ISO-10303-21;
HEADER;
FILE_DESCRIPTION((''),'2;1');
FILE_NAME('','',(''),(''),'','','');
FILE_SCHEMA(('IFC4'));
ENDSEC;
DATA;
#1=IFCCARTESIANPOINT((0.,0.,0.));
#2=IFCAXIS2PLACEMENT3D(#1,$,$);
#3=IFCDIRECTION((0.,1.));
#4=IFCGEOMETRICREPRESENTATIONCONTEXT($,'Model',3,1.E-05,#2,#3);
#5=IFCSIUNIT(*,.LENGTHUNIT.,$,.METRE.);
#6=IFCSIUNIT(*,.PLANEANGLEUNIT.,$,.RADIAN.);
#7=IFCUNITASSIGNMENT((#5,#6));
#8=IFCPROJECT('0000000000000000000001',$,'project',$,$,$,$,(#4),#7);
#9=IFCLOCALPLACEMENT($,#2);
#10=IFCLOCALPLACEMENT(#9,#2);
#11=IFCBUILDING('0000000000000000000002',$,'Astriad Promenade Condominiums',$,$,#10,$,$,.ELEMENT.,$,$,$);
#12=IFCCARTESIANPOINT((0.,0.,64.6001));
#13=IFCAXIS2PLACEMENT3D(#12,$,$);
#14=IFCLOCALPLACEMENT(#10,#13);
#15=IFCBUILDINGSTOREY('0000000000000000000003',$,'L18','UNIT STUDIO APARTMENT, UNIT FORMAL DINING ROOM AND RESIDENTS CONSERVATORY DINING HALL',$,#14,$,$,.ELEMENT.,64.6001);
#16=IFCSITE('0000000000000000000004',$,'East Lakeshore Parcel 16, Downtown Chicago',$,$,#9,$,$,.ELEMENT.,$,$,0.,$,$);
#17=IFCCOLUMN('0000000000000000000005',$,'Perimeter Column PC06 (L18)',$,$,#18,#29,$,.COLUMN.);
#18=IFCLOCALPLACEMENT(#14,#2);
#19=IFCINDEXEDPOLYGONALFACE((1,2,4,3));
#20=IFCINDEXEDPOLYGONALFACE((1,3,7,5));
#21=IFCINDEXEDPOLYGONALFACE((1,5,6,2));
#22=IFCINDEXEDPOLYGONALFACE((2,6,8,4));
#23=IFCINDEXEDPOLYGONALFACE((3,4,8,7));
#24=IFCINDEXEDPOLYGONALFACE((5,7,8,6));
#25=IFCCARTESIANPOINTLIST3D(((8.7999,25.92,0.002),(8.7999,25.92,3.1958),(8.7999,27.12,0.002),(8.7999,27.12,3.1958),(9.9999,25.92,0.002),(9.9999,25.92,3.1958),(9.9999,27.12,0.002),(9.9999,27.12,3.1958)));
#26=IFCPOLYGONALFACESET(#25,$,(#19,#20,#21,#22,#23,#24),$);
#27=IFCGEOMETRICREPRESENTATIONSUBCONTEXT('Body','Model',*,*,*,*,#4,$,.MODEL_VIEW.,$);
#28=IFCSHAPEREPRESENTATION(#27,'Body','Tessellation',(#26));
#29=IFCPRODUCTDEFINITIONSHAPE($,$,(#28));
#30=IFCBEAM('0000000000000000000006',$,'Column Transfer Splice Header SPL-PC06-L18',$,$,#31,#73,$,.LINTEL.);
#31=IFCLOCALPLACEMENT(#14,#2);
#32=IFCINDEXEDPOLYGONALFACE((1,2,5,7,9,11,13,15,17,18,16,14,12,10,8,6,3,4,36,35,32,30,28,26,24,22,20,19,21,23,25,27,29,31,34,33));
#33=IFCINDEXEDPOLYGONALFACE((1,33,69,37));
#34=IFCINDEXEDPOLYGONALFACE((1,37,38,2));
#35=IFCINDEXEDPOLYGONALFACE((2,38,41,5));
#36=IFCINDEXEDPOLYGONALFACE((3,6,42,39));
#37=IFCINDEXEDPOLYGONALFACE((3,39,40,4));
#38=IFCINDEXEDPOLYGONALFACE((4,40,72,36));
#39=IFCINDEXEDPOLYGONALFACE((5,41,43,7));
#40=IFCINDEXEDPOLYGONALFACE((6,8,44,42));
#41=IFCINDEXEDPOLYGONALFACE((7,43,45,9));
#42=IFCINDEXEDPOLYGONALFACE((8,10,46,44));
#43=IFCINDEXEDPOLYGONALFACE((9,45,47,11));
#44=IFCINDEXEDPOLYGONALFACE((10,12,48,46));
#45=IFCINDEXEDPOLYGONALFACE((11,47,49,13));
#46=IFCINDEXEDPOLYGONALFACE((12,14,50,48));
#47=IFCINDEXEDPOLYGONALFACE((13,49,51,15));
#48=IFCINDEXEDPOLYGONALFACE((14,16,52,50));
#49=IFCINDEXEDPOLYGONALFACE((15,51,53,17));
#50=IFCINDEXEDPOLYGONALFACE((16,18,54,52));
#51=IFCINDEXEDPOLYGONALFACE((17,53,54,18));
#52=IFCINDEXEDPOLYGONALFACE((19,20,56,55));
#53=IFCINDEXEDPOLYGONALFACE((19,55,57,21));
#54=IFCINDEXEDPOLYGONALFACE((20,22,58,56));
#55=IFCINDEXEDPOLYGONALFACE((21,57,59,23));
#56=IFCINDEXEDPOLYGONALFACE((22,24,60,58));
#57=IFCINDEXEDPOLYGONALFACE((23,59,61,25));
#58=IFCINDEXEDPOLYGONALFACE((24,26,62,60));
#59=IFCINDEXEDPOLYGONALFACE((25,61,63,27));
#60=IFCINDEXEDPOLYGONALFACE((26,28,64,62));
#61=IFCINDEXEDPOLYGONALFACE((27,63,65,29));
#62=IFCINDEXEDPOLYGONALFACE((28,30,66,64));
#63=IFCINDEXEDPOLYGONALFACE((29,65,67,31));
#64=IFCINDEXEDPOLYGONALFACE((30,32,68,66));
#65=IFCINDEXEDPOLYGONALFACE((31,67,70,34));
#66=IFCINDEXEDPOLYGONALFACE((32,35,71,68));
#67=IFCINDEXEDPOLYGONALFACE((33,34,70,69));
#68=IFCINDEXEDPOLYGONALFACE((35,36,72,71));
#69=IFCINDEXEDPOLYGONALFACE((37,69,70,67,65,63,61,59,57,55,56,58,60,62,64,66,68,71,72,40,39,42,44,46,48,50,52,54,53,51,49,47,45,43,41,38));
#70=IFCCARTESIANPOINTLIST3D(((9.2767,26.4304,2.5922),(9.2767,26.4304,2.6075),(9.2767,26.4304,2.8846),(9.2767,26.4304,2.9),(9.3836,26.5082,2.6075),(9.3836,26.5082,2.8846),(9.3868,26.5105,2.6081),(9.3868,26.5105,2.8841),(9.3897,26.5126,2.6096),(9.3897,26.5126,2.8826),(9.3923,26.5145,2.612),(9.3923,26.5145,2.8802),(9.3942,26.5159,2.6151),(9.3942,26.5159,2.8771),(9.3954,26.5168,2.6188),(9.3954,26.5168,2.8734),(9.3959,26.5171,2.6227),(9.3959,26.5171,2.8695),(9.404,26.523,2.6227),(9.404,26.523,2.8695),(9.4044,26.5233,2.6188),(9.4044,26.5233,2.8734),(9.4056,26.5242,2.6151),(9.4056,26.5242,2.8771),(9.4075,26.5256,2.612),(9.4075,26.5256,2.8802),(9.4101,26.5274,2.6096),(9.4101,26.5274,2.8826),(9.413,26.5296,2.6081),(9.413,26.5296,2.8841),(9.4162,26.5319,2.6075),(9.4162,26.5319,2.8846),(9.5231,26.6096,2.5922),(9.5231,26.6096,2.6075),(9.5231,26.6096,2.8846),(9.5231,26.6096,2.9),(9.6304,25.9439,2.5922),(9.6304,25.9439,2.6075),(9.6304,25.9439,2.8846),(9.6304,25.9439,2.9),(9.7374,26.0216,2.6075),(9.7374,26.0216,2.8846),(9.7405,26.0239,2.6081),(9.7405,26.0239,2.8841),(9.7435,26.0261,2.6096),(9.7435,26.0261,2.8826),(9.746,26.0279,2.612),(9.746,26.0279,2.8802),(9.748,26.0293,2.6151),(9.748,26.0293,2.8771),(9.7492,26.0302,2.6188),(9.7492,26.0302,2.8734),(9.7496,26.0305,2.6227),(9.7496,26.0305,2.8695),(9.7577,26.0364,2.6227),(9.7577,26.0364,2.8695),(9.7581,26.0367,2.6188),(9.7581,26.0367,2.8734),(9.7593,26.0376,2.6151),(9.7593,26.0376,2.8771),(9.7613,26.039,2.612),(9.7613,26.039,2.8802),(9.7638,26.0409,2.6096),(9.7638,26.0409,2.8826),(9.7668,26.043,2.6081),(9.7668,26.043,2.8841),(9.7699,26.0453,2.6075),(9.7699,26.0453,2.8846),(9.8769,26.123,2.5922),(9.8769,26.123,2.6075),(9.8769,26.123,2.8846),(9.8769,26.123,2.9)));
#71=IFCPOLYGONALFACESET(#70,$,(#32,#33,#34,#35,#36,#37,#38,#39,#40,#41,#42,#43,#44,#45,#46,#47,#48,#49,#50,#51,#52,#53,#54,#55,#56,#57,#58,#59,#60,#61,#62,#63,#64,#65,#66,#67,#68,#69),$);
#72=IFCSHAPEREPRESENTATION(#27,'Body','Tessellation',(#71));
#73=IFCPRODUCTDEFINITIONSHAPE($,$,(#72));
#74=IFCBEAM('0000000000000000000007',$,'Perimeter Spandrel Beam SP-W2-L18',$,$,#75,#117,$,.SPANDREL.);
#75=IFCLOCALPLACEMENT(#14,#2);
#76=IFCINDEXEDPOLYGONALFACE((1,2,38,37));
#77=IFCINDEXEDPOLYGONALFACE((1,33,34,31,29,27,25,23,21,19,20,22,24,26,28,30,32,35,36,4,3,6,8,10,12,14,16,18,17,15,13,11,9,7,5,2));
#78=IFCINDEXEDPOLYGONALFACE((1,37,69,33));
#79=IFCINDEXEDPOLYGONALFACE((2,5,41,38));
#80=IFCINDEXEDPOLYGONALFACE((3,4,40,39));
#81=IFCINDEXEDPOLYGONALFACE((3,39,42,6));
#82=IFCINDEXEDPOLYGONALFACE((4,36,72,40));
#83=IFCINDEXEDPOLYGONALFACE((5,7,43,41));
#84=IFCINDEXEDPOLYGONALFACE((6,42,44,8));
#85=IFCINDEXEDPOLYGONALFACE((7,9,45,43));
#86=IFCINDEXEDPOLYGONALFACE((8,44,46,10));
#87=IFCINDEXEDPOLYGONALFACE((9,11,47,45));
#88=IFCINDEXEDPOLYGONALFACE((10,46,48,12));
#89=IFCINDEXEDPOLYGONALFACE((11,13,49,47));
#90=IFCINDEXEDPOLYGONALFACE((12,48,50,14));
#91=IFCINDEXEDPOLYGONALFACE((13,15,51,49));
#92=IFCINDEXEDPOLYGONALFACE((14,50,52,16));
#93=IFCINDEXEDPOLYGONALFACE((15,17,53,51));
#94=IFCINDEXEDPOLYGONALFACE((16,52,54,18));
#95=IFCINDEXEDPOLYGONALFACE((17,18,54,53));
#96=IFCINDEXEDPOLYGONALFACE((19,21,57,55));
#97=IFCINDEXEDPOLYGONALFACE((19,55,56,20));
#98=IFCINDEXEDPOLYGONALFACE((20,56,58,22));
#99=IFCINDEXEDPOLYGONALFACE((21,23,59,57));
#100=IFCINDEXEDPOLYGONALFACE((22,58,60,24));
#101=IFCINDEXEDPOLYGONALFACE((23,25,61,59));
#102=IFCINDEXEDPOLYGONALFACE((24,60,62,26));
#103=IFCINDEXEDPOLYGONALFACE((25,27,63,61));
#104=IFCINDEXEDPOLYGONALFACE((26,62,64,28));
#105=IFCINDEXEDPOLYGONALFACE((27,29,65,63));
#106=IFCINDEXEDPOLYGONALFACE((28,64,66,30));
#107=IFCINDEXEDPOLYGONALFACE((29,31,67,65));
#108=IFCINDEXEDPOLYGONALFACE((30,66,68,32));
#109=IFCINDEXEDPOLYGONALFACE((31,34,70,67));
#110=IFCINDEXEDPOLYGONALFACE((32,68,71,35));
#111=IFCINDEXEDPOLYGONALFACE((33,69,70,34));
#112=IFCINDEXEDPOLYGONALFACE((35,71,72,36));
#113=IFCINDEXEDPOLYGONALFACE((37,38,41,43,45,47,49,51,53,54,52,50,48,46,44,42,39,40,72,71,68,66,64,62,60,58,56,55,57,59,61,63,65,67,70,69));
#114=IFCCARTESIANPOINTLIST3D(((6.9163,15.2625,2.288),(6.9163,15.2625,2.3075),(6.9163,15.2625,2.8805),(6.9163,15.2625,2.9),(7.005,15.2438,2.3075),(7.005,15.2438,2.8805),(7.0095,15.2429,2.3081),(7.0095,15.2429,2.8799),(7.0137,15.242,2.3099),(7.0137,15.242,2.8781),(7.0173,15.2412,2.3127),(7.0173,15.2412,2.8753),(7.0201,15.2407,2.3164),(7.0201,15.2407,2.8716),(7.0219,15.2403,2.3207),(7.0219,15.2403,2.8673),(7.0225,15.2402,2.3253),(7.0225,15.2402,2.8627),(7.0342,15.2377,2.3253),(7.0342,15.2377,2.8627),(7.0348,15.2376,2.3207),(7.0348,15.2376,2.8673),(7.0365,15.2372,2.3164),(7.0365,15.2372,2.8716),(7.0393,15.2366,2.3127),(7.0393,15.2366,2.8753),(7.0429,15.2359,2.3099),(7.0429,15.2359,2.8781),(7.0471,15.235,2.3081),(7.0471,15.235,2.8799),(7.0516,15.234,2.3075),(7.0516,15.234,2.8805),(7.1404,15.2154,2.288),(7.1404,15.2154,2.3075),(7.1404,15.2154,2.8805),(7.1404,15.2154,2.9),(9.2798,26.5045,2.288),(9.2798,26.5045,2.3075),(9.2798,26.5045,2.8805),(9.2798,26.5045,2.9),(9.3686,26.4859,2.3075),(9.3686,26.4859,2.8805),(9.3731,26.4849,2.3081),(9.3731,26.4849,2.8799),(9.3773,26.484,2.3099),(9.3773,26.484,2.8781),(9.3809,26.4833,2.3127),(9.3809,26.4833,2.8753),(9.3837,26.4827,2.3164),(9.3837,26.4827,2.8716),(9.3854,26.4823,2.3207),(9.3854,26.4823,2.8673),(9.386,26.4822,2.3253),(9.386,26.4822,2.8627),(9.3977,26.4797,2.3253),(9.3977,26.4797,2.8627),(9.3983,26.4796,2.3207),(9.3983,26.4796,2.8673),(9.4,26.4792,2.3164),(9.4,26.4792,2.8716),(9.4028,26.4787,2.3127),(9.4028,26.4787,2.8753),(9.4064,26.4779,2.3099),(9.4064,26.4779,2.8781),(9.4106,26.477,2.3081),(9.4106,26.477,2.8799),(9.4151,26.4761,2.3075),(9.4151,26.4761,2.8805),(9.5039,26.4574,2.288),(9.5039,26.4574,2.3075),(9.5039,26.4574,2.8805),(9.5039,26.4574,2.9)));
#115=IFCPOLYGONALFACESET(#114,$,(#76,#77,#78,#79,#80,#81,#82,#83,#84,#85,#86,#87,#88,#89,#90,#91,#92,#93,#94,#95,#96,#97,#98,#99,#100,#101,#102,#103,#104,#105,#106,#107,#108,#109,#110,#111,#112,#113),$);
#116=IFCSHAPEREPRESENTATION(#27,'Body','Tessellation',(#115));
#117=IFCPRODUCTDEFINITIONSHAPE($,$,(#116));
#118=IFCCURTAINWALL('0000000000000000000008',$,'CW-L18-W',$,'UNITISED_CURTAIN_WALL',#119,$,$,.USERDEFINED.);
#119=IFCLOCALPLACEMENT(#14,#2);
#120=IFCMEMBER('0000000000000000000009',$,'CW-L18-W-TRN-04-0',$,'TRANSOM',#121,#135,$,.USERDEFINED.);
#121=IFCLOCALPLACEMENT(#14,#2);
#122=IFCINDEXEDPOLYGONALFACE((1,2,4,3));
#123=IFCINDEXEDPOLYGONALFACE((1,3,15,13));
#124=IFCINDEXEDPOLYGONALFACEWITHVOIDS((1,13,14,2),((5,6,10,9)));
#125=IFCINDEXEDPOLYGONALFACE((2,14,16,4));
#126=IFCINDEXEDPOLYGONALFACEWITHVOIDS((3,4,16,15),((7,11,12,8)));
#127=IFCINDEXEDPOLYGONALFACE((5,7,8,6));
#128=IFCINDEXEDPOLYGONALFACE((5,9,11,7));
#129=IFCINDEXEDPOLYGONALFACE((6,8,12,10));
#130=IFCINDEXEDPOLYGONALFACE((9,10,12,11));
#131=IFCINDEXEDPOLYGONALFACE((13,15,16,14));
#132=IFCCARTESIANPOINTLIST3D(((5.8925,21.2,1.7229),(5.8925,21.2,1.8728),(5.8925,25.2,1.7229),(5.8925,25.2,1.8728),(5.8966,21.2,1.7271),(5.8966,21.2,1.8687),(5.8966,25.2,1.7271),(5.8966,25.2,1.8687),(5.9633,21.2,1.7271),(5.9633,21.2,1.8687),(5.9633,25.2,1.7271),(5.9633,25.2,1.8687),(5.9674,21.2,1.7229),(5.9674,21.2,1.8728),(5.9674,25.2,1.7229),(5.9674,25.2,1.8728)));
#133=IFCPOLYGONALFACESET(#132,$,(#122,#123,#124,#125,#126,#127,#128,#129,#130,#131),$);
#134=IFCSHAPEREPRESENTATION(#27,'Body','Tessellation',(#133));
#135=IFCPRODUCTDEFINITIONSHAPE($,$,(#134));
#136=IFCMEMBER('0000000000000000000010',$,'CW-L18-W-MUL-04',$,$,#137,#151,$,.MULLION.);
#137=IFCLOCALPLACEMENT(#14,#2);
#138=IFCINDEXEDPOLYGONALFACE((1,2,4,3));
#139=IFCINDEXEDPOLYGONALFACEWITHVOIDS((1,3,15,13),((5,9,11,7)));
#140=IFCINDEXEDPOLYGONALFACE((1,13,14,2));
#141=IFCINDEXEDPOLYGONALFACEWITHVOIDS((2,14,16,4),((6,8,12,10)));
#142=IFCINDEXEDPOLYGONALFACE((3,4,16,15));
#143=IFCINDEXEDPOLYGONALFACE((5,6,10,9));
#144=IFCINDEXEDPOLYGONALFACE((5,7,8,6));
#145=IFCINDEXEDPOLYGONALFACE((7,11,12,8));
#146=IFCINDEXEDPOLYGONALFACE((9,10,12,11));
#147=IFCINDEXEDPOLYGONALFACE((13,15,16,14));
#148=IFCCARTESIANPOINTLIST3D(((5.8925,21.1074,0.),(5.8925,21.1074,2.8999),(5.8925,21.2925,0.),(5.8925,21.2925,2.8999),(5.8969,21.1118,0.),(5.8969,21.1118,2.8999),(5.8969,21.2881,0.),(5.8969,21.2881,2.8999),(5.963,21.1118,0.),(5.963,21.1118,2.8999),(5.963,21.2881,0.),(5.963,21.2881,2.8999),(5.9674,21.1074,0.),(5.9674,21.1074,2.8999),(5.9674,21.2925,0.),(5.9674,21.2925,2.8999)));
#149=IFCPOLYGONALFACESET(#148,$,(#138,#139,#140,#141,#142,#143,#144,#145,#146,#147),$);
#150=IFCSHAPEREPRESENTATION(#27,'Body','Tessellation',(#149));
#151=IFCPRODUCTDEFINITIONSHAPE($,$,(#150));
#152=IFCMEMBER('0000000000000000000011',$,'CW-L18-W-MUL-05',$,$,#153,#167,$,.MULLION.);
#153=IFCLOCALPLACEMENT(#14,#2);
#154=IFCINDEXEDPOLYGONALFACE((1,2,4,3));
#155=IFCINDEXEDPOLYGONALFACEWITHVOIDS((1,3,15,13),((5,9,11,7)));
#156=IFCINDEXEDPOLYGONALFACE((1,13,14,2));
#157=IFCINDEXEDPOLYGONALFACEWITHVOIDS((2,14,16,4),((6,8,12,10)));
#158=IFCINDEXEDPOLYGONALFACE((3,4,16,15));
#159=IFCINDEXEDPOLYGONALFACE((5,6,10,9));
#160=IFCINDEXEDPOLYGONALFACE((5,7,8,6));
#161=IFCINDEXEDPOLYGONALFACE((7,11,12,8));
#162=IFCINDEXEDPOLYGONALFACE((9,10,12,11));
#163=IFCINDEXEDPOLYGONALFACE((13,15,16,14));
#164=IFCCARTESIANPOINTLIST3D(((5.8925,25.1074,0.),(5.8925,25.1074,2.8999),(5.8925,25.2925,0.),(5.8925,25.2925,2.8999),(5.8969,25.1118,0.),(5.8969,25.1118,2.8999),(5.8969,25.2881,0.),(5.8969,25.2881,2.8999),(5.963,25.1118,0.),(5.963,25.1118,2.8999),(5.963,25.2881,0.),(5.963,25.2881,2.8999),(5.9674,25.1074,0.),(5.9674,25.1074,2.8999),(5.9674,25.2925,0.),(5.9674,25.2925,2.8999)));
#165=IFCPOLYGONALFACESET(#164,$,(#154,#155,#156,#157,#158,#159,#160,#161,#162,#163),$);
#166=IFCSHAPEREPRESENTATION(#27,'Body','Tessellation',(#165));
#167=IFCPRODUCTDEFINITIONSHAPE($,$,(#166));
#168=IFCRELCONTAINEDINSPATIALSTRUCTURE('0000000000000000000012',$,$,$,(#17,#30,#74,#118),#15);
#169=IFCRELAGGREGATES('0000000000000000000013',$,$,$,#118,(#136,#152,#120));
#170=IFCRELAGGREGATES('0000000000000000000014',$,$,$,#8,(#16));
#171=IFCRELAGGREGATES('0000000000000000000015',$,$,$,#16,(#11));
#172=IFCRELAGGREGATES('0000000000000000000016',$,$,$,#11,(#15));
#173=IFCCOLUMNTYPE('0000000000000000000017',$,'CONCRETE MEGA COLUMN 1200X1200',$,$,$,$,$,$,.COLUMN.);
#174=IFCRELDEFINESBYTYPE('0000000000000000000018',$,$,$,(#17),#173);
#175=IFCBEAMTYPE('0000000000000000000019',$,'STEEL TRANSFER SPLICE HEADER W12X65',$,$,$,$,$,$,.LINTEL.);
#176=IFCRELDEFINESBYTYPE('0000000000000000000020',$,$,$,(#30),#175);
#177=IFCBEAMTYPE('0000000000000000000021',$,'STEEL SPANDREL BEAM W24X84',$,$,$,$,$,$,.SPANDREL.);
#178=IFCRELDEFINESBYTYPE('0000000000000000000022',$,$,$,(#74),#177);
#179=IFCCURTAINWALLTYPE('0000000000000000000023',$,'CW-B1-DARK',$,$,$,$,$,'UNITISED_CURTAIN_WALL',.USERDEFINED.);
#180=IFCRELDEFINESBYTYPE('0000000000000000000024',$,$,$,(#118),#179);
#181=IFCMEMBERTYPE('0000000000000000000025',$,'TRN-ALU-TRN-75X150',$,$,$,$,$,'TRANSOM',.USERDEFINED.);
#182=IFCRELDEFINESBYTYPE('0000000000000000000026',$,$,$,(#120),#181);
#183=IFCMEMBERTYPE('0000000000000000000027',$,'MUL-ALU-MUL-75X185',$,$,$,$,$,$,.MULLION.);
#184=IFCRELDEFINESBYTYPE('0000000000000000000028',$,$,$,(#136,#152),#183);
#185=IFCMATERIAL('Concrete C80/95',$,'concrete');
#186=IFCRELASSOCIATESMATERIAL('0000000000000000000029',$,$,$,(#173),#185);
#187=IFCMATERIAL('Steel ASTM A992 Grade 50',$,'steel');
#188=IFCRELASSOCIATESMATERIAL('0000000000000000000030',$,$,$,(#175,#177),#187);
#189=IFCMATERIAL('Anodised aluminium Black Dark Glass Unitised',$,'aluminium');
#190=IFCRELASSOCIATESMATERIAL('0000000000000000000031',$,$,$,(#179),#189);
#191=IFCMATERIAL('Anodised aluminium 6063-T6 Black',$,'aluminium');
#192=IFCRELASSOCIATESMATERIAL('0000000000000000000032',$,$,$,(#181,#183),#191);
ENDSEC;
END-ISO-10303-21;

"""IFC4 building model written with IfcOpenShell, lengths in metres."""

from ifc_helpers import new_model, si_unit, direction, frame, origin, origin_2d, place, context, subcontext, project, spatial, rectangle, hollow_rectangle, i_section, extrude, source, transform, mapped, material, material_profile, profile_set, type_object, type_shapes, element, aggregate, save


model = new_model("IFC4")

# Units and contexts
model_context = context("Model", 3, precision=1e-05, world=origin(), true_north=direction((0.0, 1.0)))
body_context = subcontext(model_context, "Body", "Model", "MODEL_VIEW")
ifc_project = project(units=[si_unit("LENGTHUNIT", "METRE"), si_unit("PLANEANGLEUNIT", "RADIAN")], contexts=[model_context])

# Site, building, storey
site_placement = place(None, origin())
site = spatial("IfcSite", under=ifc_project, at=site_placement, Name="East Lakeshore Parcel 16, Downtown Chicago", CompositionType="ELEMENT", RefElevation=0.0)
building_placement = place(site_placement, origin())
building = spatial("IfcBuilding", under=site, at=building_placement, Name="Astriad Promenade Condominiums", CompositionType="ELEMENT")
storey_placement = place(building_placement, frame((0.0, 0.0, 64.6001)))
storey = spatial("IfcBuildingStorey", under=building, at=storey_placement, Name="L18", Description="UNIT STUDIO APARTMENT, UNIT FORMAL DINING ROOM AND RESIDENTS CONSERVATORY DINING HALL", CompositionType="ELEMENT", Elevation=64.6001)

# Column
ifc_material_1 = material(Name="Concrete C80/95", Category="concrete")
ifc_material_profile_1 = material_profile(ifc_material_1, rectangle(XDim=1.2, YDim=1.2, at=origin_2d()), Name="RC-COL-1200X1200")
ifc_profile_set_1 = profile_set([ifc_material_profile_1], Name="Concrete C80/95")
column_type = type_object("IfcColumnType", Name="CONCRETE MEGA COLUMN 1200X1200", PredefinedType="COLUMN", material=ifc_profile_set_1)
shared_shape_1 = source(origin(), body_context, "Body", "SweptSolid", [
    extrude(rectangle(XDim=1.2, YDim=1.2, at=origin_2d()), origin(), (0.0, 0.0, 1.0), 3.1938),
])
type_shapes(column_type, [shared_shape_1])
column_placement = place(storey_placement, frame((9.3999, 26.52, 0.002), z_axis=(0.0, 0.0, 1.0), x_axis=(1.0, 0.0, 0.0)))
element("IfcColumn", 1, at=column_placement, inside=storey, type_object=column_type, Name="Perimeter Column PC06 (L18)", PredefinedType="COLUMN", context=body_context, shape_type="MappedRepresentation", body=[
    mapped(shared_shape_1, transform((0.0, 0.0, 0.0), scale=1.0)),
])

# Beams
ifc_material_2 = material(Name="Steel ASTM A992 Grade 50", Category="steel")
ifc_material_profile_2 = material_profile(ifc_material_2, i_section(OverallWidth=0.3047, OverallDepth=0.3079, WebThickness=0.01, FlangeThickness=0.0154, FilletRadius=0.0151, at=origin_2d()), Name="W12X65")
ifc_profile_set_2 = profile_set([ifc_material_profile_2], Name="Steel ASTM A992 Grade 50")
beam_type_1 = type_object("IfcBeamType", Name="STEEL TRANSFER SPLICE HEADER W12X65", PredefinedType="LINTEL", material=ifc_profile_set_2)
shared_shape_2 = source(origin(), body_context, "Body", "SweptSolid", [
    extrude(i_section(OverallWidth=0.3047, OverallDepth=0.3079, WebThickness=0.01, FlangeThickness=0.0154, FilletRadius=0.0151, at=origin_2d()), origin(), (0.0, 0.0, 1.0), 0.6016),
])
type_shapes(beam_type_1, [shared_shape_2])
beam_1_placement = place(storey_placement, frame((9.3999, 26.52, 2.7461), z_axis=(0.588051, -0.808824, 0.0), x_axis=(0.808824, 0.588051, 0.0)))
element("IfcBeam", 2, at=beam_1_placement, inside=storey, type_object=beam_type_1, Name="Column Transfer Splice Header SPL-PC06-L18", PredefinedType="LINTEL", context=body_context, shape_type="MappedRepresentation", body=[
    mapped(shared_shape_2, transform((0.0, 0.0, 0.0), scale=1.0)),
])
ifc_material_profile_3 = material_profile(ifc_material_2, i_section(OverallWidth=0.229, OverallDepth=0.6121, WebThickness=0.012, FlangeThickness=0.0195, FilletRadius=0.0178, at=origin_2d()), Name="W24X84")
ifc_profile_set_3 = profile_set([ifc_material_profile_3], Name="Steel ASTM A992 Grade 50")
beam_type_2 = type_object("IfcBeamType", Name="STEEL SPANDREL BEAM W24X84", PredefinedType="SPANDREL", material=ifc_profile_set_3)
shared_shape_3 = source(origin(), body_context, "Body", "SweptSolid", [
    extrude(i_section(OverallWidth=0.229, OverallDepth=0.6121, WebThickness=0.012, FlangeThickness=0.0195, FilletRadius=0.0178, at=origin_2d()), origin(), (0.0, 0.0, 1.0), 11.4878),
])
type_shapes(beam_type_2, [shared_shape_3])
beam_2_placement = place(storey_placement, frame((9.3918, 26.481, 2.594), z_axis=(-0.205744, -0.978606, 0.0), x_axis=(0.978606, -0.205744, 0.0)))
element("IfcBeam", 3, at=beam_2_placement, inside=storey, type_object=beam_type_2, Name="Perimeter Spandrel Beam SP-W2-L18", PredefinedType="SPANDREL", context=body_context, shape_type="MappedRepresentation", body=[
    mapped(shared_shape_3, transform((0.0, 0.0, 0.0), scale=1.0)),
])

# Curtain wall, members
ifc_material_3 = material(Name="Anodised aluminium Black Dark Glass Unitised", Category="aluminium")
curtain_wall_type = type_object("IfcCurtainWallType", Name="CW-B1-DARK", ElementType="UNITISED_CURTAIN_WALL", PredefinedType="USERDEFINED", material=ifc_material_3)
curtain_wall_placement = place(storey_placement, origin())
curtain_wall = element("IfcCurtainWall", 4, at=curtain_wall_placement, inside=storey, type_object=curtain_wall_type, Name="CW-L18-W", ObjectType="UNITISED_CURTAIN_WALL", PredefinedType="USERDEFINED")
ifc_material_4 = material(Name="Anodised aluminium 6063-T6 Black", Category="aluminium")
ifc_material_profile_4 = material_profile(ifc_material_4, hollow_rectangle(XDim=0.075, YDim=0.1499, WallThickness=0.0042, at=origin_2d()), Name="ALU-TRN-75X150")
ifc_profile_set_4 = profile_set([ifc_material_profile_4], Name="Anodised aluminium 6063-T6 Black")
member_type_1 = type_object("IfcMemberType", Name="TRN-ALU-TRN-75X150", ElementType="TRANSOM", PredefinedType="USERDEFINED", material=ifc_profile_set_4)
shared_shape_4 = source(origin(), body_context, "Body", "SweptSolid", [
    extrude(hollow_rectangle(XDim=0.075, YDim=0.1499, WallThickness=0.0042, at=origin_2d()), origin(), (0.0, 0.0, 1.0), 4.0),
])
type_shapes(member_type_1, [shared_shape_4])
member_1_placement = place(storey_placement, frame((5.9299, 21.2, 1.7979), z_axis=(0.0, 1.0, 0.0), x_axis=(-1.0, 0.0, 0.0)))
member_1 = element("IfcMember", 5, at=member_1_placement, type_object=member_type_1, Name="CW-L18-W-TRN-04-0", ObjectType="TRANSOM", PredefinedType="USERDEFINED", context=body_context, shape_type="MappedRepresentation", body=[
    mapped(shared_shape_4, transform((0.0, 0.0, 0.0), scale=1.0)),
])
ifc_material_profile_5 = material_profile(ifc_material_4, hollow_rectangle(XDim=0.075, YDim=0.1851, WallThickness=0.0044, at=origin_2d()), Name="ALU-MUL-75X185")
ifc_profile_set_5 = profile_set([ifc_material_profile_5], Name="Anodised aluminium 6063-T6 Black")
member_type_2 = type_object("IfcMemberType", Name="MUL-ALU-MUL-75X185", PredefinedType="MULLION", material=ifc_profile_set_5)
shared_shape_5 = source(origin(), body_context, "Body", "SweptSolid", [
    extrude(hollow_rectangle(XDim=0.075, YDim=0.1851, WallThickness=0.0044, at=origin_2d()), origin(), (0.0, 0.0, 1.0), 2.8999),
])
type_shapes(member_type_2, [shared_shape_5])
member_2_placement = place(storey_placement, frame((5.9299, 21.2, 0.0), z_axis=(0.0, 0.0, 1.0), x_axis=(1.0, 0.0, 0.0)))
member_2 = element("IfcMember", 6, at=member_2_placement, type_object=member_type_2, Name="CW-L18-W-MUL-04", PredefinedType="MULLION", context=body_context, shape_type="MappedRepresentation", body=[
    mapped(shared_shape_5, transform((0.0, 0.0, 0.0), scale=1.0)),
])
member_3_placement = place(storey_placement, frame((5.9299, 25.2, 0.0), z_axis=(0.0, 0.0, 1.0), x_axis=(1.0, 0.0, 0.0)))
member_3 = element("IfcMember", 7, at=member_3_placement, type_object=member_type_2, Name="CW-L18-W-MUL-05", PredefinedType="MULLION", context=body_context, shape_type="MappedRepresentation", body=[
    mapped(shared_shape_5, transform((0.0, 0.0, 0.0), scale=1.0)),
])
aggregate(curtain_wall, [member_2, member_3, member_1])

save(model, "model.ifc")
